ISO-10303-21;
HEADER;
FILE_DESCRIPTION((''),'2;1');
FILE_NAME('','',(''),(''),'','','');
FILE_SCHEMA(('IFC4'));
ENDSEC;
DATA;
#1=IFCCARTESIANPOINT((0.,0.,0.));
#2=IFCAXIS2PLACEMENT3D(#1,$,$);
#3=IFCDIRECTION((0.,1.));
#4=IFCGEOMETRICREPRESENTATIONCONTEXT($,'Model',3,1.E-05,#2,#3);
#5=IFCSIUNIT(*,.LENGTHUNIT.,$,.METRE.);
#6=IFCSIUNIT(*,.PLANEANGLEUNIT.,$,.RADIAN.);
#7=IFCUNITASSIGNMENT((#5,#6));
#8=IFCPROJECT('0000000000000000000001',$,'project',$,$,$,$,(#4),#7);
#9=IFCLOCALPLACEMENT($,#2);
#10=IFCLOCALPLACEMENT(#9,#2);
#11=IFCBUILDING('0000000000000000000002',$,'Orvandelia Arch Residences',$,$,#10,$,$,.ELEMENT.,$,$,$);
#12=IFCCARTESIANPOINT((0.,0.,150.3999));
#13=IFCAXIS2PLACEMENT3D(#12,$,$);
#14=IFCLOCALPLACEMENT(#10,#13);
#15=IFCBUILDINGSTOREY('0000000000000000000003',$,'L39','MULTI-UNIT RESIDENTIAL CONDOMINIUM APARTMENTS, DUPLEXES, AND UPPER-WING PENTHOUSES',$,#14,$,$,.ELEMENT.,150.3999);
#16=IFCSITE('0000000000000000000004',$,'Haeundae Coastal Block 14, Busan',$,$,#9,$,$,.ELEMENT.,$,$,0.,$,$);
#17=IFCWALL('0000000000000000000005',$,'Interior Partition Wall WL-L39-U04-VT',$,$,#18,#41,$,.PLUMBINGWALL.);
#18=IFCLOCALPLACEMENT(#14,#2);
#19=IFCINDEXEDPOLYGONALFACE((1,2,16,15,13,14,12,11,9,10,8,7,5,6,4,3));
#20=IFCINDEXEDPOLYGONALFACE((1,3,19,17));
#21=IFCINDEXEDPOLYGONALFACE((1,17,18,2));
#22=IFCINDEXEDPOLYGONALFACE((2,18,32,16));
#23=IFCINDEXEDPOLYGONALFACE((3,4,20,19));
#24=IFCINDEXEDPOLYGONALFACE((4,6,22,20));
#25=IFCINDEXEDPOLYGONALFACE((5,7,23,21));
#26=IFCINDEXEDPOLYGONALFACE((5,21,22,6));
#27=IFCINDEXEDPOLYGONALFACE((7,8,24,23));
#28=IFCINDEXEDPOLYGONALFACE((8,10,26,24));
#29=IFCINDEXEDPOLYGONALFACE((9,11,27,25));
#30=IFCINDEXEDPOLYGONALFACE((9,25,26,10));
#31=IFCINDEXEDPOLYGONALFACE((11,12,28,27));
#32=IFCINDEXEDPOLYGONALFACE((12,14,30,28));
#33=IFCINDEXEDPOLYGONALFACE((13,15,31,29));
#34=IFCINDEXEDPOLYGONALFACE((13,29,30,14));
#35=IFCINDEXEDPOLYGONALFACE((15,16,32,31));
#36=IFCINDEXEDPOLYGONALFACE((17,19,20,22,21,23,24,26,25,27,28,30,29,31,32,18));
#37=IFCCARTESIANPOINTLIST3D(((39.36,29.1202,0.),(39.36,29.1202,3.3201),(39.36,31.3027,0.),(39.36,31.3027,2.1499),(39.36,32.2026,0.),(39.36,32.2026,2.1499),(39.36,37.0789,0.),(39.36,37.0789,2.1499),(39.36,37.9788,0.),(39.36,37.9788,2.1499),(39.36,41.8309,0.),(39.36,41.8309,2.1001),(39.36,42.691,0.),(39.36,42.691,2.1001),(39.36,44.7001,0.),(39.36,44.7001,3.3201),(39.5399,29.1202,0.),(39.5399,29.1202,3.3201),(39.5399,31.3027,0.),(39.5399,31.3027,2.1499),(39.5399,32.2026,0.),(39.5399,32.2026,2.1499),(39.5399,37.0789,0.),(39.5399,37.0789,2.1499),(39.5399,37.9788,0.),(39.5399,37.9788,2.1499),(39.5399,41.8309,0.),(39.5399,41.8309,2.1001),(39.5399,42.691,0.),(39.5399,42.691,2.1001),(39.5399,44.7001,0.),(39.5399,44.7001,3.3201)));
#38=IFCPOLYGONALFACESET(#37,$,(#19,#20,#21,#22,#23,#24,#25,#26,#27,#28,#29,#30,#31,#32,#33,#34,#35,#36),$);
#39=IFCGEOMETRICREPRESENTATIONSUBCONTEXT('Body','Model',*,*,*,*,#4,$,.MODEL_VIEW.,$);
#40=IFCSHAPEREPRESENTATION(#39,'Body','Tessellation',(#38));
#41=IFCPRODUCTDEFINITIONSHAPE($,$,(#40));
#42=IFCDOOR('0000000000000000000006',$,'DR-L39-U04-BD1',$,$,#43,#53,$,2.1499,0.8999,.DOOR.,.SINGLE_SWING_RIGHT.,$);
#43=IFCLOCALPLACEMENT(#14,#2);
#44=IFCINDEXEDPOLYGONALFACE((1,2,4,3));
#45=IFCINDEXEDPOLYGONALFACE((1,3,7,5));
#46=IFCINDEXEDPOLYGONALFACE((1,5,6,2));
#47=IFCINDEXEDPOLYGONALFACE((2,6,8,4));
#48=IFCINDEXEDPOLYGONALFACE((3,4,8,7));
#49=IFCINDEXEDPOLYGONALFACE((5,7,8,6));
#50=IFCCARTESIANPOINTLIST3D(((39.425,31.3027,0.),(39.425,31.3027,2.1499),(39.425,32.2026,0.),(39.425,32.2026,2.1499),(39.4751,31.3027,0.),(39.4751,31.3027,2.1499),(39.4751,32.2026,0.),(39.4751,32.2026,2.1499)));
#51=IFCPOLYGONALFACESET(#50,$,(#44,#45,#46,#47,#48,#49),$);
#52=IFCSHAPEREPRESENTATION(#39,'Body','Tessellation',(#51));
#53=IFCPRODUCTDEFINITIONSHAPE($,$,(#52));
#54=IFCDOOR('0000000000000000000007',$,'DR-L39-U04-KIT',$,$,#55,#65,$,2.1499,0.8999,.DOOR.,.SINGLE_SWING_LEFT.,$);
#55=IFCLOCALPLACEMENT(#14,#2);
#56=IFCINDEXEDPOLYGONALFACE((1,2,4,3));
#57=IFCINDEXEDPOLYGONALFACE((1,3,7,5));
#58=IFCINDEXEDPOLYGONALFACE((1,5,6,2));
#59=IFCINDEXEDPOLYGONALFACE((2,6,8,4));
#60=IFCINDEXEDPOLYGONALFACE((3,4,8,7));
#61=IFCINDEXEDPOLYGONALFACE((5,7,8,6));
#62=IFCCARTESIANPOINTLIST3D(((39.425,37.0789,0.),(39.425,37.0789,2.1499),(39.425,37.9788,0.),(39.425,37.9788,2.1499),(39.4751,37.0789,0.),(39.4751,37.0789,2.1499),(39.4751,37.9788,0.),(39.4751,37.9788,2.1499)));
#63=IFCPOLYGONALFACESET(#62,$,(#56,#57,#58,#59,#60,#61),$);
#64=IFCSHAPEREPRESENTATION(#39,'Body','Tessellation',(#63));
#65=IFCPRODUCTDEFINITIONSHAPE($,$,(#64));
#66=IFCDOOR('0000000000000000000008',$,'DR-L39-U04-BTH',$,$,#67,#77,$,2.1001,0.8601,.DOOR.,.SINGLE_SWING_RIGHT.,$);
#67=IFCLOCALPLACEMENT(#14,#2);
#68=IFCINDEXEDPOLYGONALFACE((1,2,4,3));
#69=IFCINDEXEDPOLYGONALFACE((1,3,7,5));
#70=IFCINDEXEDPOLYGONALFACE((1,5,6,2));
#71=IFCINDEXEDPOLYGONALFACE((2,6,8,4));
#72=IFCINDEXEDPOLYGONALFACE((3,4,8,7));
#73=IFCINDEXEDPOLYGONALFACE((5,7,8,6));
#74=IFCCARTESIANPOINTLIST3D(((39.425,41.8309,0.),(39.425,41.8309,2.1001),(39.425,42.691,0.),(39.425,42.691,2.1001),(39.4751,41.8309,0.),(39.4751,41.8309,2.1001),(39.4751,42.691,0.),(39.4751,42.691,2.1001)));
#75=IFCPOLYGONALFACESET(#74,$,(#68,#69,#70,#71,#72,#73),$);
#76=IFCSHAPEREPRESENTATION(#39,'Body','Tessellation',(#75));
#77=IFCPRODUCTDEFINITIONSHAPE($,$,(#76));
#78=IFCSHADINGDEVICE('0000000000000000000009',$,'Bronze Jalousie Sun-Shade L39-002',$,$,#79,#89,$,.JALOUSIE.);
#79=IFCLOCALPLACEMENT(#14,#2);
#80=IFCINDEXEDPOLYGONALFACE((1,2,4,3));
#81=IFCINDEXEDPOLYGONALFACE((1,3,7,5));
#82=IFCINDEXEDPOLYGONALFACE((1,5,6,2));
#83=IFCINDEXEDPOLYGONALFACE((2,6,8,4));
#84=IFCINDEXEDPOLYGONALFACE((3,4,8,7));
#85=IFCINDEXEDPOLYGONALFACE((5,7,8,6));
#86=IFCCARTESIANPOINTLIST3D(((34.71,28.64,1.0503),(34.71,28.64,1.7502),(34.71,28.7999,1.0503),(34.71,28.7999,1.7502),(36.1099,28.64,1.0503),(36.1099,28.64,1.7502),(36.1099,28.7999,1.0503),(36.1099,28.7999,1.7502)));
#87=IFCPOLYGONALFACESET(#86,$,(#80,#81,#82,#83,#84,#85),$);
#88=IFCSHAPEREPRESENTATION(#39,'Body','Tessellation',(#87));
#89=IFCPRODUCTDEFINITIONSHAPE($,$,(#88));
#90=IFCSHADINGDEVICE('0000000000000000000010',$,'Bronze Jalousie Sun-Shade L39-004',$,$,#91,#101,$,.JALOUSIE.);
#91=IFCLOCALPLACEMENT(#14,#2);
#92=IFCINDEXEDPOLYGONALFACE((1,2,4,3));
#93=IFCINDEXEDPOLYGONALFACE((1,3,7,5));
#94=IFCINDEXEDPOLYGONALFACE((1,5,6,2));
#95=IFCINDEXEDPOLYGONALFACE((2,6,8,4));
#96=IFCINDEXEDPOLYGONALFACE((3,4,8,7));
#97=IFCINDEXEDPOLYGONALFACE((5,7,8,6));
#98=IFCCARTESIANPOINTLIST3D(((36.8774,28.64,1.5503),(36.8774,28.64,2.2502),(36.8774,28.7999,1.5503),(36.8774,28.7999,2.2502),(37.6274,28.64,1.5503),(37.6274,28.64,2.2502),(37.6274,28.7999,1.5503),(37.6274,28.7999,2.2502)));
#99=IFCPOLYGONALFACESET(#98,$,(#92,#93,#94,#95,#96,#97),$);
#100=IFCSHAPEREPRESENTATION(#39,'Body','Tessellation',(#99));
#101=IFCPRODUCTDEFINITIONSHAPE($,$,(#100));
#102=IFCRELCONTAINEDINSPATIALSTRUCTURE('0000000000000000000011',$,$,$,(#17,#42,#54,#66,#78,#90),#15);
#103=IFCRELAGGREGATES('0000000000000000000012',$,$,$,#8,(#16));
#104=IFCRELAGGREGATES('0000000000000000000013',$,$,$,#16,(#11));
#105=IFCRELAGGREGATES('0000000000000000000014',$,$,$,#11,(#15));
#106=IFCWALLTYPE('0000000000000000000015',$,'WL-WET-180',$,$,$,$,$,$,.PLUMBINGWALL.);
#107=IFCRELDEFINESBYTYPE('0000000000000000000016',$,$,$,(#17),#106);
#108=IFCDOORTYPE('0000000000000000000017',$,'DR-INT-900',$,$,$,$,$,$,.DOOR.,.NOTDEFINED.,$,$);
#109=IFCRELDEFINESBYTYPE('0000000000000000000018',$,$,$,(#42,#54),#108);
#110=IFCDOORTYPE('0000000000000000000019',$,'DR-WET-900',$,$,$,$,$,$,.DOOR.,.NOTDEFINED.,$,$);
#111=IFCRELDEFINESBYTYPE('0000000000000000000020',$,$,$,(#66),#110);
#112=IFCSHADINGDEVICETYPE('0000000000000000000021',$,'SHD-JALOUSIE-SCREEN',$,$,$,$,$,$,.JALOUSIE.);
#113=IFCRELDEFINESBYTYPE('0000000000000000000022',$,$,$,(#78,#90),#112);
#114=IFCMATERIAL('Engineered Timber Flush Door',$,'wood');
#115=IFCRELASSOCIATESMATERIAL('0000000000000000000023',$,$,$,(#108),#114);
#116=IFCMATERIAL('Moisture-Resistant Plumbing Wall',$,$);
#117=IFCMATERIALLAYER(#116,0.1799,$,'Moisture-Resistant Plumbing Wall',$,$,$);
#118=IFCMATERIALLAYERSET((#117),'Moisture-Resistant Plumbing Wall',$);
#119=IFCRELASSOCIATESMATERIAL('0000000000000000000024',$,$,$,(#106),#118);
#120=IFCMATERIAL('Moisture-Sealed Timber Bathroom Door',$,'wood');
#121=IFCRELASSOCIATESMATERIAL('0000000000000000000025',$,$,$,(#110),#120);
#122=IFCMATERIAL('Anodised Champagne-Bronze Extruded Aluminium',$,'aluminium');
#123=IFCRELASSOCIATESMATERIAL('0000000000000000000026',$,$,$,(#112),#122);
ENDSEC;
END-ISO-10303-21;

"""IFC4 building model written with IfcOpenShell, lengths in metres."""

from ifc_helpers import new_model, si_unit, direction, frame, frame_2d, origin, origin_2d, place, context, subcontext, project, spatial, rectangle, extrude, material, layer, layer_set, type_object, element, fill, save


model = new_model("IFC4")

# Units and contexts
model_context = context("Model", 3, precision=1e-05, world=origin(), true_north=direction((0.0, 1.0)))
body_context = subcontext(model_context, "Body", "Model", "MODEL_VIEW")
ifc_project = project(units=[si_unit("LENGTHUNIT", "METRE"), si_unit("PLANEANGLEUNIT", "RADIAN")], contexts=[model_context])

# Site, building, storey
site_placement = place(None, origin())
site = spatial("IfcSite", under=ifc_project, at=site_placement, Name="Haeundae Coastal Block 14, Busan", CompositionType="ELEMENT", RefElevation=0.0)
building_placement = place(site_placement, origin())
building = spatial("IfcBuilding", under=site, at=building_placement, Name="Orvandelia Arch Residences", CompositionType="ELEMENT")
storey_placement = place(building_placement, frame((0.0, 0.0, 150.3999)))
storey = spatial("IfcBuildingStorey", under=building, at=storey_placement, Name="L39", Description="MULTI-UNIT RESIDENTIAL CONDOMINIUM APARTMENTS, DUPLEXES, AND UPPER-WING PENTHOUSES", CompositionType="ELEMENT", Elevation=150.3999)

# Wall, openings, doors
ifc_material_1 = material(Name="Engineered Timber Flush Door", Category="wood")
door_type_1 = type_object("IfcDoorType", Name="DR-INT-900", OperationType="NOTDEFINED", PredefinedType="DOOR", material=ifc_material_1)
ifc_material_2 = material(Name="Moisture-Resistant Plumbing Wall")
ifc_layer_1 = layer(ifc_material_2, 0.1799, Name="Moisture-Resistant Plumbing Wall")
ifc_layer_set_1 = layer_set([ifc_layer_1], Name="Moisture-Resistant Plumbing Wall")
wall_type_1 = type_object("IfcWallType", Name="WL-WET-180", PredefinedType="PLUMBINGWALL", material=ifc_layer_set_1)
ifc_material_3 = material(Name="Moisture-Sealed Timber Bathroom Door", Category="wood")
door_type_2 = type_object("IfcDoorType", Name="DR-WET-900", OperationType="NOTDEFINED", PredefinedType="DOOR", material=ifc_material_3)
wall_1_placement = place(storey_placement, frame((39.45, 29.1201, 0.0), z_axis=(0.0, 0.0, 1.0), x_axis=(0.0, 1.0, 0.0)))
wall_1 = element("IfcWall", 1, at=wall_1_placement, inside=storey, type_object=wall_type_1, Name="Interior Partition Wall WL-L39-U04-VT", PredefinedType="PLUMBINGWALL", context=body_context, shape_type="SweptSolid", body=[
    extrude(rectangle(XDim=15.5798, YDim=0.1799, at=frame_2d((7.79, 0.0))), origin(), (0.0, 0.0, 1.0), 3.3201),
])
opening_1_placement = place(wall_1_placement, frame((2.1826, 0.0, 0.0)))
opening_1 = element("IfcOpeningElement", 2, at=opening_1_placement, cuts=wall_1, PredefinedType="OPENING", context=body_context, shape_type="SweptSolid", body=[
    extrude(rectangle(XDim=0.8999, YDim=2.1499, at=frame_2d((0.45, 1.075))), frame((0.0, 0.1001, 0.0), z_axis=(0.0, -1.0, 0.0), x_axis=(1.0, 0.0, 0.0)), (0.0, 0.0, 1.0), 0.2),
])
opening_2_placement = place(wall_1_placement, frame((7.9587, 0.0, 0.0)))
opening_2 = element("IfcOpeningElement", 3, at=opening_2_placement, cuts=wall_1, PredefinedType="OPENING", context=body_context, shape_type="SweptSolid", body=[
    extrude(rectangle(XDim=0.8999, YDim=2.1499, at=frame_2d((0.45, 1.075))), frame((0.0, 0.1001, 0.0), z_axis=(0.0, -1.0, 0.0), x_axis=(1.0, 0.0, 0.0)), (0.0, 0.0, 1.0), 0.2),
])
opening_3_placement = place(wall_1_placement, frame((12.7107, 0.0, 0.0)))
opening_3 = element("IfcOpeningElement", 4, at=opening_3_placement, cuts=wall_1, PredefinedType="OPENING", context=body_context, shape_type="SweptSolid", body=[
    extrude(rectangle(XDim=0.8601, YDim=2.1001, at=frame_2d((0.4302, 1.05))), frame((0.0, 0.1001, 0.0), z_axis=(0.0, -1.0, 0.0), x_axis=(1.0, 0.0, 0.0)), (0.0, 0.0, 1.0), 0.2),
])
door_1_placement = place(opening_1_placement, origin())
door_1 = element("IfcDoor", 5, at=door_1_placement, inside=storey, type_object=door_type_1, Name="DR-L39-U04-BD1", OperationType="SINGLE_SWING_RIGHT", OverallHeight=2.1499, OverallWidth=0.8999, PredefinedType="DOOR", context=body_context, shape_type="SweptSolid", body=[
    extrude(rectangle(XDim=0.8999, YDim=2.1499, at=frame_2d((0.45, 1.075))), frame((0.0, 0.0249, 0.0), z_axis=(0.0, -1.0, 0.0), x_axis=(1.0, 0.0, 0.0)), (0.0, 0.0, 1.0), 0.05),
])
fill(opening_1, door_1)
door_2_placement = place(opening_2_placement, origin())
door_2 = element("IfcDoor", 6, at=door_2_placement, inside=storey, type_object=door_type_1, Name="DR-L39-U04-KIT", OperationType="SINGLE_SWING_LEFT", OverallHeight=2.1499, OverallWidth=0.8999, PredefinedType="DOOR", context=body_context, shape_type="SweptSolid", body=[
    extrude(rectangle(XDim=0.8999, YDim=2.1499, at=frame_2d((0.45, 1.075))), frame((0.0, 0.0249, 0.0), z_axis=(0.0, -1.0, 0.0), x_axis=(1.0, 0.0, 0.0)), (0.0, 0.0, 1.0), 0.05),
])
fill(opening_2, door_2)
door_3_placement = place(opening_3_placement, origin())
door_3 = element("IfcDoor", 7, at=door_3_placement, inside=storey, type_object=door_type_2, Name="DR-L39-U04-BTH", OperationType="SINGLE_SWING_RIGHT", OverallHeight=2.1001, OverallWidth=0.8601, PredefinedType="DOOR", context=body_context, shape_type="SweptSolid", body=[
    extrude(rectangle(XDim=0.8601, YDim=2.1001, at=frame_2d((0.4302, 1.05))), frame((0.0, 0.0249, 0.0), z_axis=(0.0, -1.0, 0.0), x_axis=(1.0, 0.0, 0.0)), (0.0, 0.0, 1.0), 0.05),
])
fill(opening_3, door_3)

# Shading devices
ifc_material_4 = material(Name="Anodised Champagne-Bronze Extruded Aluminium", Category="aluminium")
shading_device_type = type_object("IfcShadingDeviceType", Name="SHD-JALOUSIE-SCREEN", PredefinedType="JALOUSIE", material=ifc_material_4)
shading_device_1_placement = place(storey_placement, frame((35.4099, 28.72, 1.0503), z_axis=(0.0, 0.0, 1.0), x_axis=(-1.0, 0.0, 0.0)))
element("IfcShadingDevice", 8, at=shading_device_1_placement, inside=storey, type_object=shading_device_type, Name="Bronze Jalousie Sun-Shade L39-002", PredefinedType="JALOUSIE", context=body_context, shape_type="SweptSolid", body=[
    extrude(rectangle(XDim=1.3999, YDim=0.1599, at=origin_2d()), origin(), (0.0, 0.0, 1.0), 0.7),
])
shading_device_2_placement = place(storey_placement, frame((37.2524, 28.72, 1.5503), z_axis=(0.0, 0.0, 1.0), x_axis=(-1.0, 0.0, 0.0)))
element("IfcShadingDevice", 9, at=shading_device_2_placement, inside=storey, type_object=shading_device_type, Name="Bronze Jalousie Sun-Shade L39-004", PredefinedType="JALOUSIE", context=body_context, shape_type="SweptSolid", body=[
    extrude(rectangle(XDim=0.75, YDim=0.1599, at=origin_2d()), origin(), (0.0, 0.0, 1.0), 0.7),
])

save(model, "model.ifc")
